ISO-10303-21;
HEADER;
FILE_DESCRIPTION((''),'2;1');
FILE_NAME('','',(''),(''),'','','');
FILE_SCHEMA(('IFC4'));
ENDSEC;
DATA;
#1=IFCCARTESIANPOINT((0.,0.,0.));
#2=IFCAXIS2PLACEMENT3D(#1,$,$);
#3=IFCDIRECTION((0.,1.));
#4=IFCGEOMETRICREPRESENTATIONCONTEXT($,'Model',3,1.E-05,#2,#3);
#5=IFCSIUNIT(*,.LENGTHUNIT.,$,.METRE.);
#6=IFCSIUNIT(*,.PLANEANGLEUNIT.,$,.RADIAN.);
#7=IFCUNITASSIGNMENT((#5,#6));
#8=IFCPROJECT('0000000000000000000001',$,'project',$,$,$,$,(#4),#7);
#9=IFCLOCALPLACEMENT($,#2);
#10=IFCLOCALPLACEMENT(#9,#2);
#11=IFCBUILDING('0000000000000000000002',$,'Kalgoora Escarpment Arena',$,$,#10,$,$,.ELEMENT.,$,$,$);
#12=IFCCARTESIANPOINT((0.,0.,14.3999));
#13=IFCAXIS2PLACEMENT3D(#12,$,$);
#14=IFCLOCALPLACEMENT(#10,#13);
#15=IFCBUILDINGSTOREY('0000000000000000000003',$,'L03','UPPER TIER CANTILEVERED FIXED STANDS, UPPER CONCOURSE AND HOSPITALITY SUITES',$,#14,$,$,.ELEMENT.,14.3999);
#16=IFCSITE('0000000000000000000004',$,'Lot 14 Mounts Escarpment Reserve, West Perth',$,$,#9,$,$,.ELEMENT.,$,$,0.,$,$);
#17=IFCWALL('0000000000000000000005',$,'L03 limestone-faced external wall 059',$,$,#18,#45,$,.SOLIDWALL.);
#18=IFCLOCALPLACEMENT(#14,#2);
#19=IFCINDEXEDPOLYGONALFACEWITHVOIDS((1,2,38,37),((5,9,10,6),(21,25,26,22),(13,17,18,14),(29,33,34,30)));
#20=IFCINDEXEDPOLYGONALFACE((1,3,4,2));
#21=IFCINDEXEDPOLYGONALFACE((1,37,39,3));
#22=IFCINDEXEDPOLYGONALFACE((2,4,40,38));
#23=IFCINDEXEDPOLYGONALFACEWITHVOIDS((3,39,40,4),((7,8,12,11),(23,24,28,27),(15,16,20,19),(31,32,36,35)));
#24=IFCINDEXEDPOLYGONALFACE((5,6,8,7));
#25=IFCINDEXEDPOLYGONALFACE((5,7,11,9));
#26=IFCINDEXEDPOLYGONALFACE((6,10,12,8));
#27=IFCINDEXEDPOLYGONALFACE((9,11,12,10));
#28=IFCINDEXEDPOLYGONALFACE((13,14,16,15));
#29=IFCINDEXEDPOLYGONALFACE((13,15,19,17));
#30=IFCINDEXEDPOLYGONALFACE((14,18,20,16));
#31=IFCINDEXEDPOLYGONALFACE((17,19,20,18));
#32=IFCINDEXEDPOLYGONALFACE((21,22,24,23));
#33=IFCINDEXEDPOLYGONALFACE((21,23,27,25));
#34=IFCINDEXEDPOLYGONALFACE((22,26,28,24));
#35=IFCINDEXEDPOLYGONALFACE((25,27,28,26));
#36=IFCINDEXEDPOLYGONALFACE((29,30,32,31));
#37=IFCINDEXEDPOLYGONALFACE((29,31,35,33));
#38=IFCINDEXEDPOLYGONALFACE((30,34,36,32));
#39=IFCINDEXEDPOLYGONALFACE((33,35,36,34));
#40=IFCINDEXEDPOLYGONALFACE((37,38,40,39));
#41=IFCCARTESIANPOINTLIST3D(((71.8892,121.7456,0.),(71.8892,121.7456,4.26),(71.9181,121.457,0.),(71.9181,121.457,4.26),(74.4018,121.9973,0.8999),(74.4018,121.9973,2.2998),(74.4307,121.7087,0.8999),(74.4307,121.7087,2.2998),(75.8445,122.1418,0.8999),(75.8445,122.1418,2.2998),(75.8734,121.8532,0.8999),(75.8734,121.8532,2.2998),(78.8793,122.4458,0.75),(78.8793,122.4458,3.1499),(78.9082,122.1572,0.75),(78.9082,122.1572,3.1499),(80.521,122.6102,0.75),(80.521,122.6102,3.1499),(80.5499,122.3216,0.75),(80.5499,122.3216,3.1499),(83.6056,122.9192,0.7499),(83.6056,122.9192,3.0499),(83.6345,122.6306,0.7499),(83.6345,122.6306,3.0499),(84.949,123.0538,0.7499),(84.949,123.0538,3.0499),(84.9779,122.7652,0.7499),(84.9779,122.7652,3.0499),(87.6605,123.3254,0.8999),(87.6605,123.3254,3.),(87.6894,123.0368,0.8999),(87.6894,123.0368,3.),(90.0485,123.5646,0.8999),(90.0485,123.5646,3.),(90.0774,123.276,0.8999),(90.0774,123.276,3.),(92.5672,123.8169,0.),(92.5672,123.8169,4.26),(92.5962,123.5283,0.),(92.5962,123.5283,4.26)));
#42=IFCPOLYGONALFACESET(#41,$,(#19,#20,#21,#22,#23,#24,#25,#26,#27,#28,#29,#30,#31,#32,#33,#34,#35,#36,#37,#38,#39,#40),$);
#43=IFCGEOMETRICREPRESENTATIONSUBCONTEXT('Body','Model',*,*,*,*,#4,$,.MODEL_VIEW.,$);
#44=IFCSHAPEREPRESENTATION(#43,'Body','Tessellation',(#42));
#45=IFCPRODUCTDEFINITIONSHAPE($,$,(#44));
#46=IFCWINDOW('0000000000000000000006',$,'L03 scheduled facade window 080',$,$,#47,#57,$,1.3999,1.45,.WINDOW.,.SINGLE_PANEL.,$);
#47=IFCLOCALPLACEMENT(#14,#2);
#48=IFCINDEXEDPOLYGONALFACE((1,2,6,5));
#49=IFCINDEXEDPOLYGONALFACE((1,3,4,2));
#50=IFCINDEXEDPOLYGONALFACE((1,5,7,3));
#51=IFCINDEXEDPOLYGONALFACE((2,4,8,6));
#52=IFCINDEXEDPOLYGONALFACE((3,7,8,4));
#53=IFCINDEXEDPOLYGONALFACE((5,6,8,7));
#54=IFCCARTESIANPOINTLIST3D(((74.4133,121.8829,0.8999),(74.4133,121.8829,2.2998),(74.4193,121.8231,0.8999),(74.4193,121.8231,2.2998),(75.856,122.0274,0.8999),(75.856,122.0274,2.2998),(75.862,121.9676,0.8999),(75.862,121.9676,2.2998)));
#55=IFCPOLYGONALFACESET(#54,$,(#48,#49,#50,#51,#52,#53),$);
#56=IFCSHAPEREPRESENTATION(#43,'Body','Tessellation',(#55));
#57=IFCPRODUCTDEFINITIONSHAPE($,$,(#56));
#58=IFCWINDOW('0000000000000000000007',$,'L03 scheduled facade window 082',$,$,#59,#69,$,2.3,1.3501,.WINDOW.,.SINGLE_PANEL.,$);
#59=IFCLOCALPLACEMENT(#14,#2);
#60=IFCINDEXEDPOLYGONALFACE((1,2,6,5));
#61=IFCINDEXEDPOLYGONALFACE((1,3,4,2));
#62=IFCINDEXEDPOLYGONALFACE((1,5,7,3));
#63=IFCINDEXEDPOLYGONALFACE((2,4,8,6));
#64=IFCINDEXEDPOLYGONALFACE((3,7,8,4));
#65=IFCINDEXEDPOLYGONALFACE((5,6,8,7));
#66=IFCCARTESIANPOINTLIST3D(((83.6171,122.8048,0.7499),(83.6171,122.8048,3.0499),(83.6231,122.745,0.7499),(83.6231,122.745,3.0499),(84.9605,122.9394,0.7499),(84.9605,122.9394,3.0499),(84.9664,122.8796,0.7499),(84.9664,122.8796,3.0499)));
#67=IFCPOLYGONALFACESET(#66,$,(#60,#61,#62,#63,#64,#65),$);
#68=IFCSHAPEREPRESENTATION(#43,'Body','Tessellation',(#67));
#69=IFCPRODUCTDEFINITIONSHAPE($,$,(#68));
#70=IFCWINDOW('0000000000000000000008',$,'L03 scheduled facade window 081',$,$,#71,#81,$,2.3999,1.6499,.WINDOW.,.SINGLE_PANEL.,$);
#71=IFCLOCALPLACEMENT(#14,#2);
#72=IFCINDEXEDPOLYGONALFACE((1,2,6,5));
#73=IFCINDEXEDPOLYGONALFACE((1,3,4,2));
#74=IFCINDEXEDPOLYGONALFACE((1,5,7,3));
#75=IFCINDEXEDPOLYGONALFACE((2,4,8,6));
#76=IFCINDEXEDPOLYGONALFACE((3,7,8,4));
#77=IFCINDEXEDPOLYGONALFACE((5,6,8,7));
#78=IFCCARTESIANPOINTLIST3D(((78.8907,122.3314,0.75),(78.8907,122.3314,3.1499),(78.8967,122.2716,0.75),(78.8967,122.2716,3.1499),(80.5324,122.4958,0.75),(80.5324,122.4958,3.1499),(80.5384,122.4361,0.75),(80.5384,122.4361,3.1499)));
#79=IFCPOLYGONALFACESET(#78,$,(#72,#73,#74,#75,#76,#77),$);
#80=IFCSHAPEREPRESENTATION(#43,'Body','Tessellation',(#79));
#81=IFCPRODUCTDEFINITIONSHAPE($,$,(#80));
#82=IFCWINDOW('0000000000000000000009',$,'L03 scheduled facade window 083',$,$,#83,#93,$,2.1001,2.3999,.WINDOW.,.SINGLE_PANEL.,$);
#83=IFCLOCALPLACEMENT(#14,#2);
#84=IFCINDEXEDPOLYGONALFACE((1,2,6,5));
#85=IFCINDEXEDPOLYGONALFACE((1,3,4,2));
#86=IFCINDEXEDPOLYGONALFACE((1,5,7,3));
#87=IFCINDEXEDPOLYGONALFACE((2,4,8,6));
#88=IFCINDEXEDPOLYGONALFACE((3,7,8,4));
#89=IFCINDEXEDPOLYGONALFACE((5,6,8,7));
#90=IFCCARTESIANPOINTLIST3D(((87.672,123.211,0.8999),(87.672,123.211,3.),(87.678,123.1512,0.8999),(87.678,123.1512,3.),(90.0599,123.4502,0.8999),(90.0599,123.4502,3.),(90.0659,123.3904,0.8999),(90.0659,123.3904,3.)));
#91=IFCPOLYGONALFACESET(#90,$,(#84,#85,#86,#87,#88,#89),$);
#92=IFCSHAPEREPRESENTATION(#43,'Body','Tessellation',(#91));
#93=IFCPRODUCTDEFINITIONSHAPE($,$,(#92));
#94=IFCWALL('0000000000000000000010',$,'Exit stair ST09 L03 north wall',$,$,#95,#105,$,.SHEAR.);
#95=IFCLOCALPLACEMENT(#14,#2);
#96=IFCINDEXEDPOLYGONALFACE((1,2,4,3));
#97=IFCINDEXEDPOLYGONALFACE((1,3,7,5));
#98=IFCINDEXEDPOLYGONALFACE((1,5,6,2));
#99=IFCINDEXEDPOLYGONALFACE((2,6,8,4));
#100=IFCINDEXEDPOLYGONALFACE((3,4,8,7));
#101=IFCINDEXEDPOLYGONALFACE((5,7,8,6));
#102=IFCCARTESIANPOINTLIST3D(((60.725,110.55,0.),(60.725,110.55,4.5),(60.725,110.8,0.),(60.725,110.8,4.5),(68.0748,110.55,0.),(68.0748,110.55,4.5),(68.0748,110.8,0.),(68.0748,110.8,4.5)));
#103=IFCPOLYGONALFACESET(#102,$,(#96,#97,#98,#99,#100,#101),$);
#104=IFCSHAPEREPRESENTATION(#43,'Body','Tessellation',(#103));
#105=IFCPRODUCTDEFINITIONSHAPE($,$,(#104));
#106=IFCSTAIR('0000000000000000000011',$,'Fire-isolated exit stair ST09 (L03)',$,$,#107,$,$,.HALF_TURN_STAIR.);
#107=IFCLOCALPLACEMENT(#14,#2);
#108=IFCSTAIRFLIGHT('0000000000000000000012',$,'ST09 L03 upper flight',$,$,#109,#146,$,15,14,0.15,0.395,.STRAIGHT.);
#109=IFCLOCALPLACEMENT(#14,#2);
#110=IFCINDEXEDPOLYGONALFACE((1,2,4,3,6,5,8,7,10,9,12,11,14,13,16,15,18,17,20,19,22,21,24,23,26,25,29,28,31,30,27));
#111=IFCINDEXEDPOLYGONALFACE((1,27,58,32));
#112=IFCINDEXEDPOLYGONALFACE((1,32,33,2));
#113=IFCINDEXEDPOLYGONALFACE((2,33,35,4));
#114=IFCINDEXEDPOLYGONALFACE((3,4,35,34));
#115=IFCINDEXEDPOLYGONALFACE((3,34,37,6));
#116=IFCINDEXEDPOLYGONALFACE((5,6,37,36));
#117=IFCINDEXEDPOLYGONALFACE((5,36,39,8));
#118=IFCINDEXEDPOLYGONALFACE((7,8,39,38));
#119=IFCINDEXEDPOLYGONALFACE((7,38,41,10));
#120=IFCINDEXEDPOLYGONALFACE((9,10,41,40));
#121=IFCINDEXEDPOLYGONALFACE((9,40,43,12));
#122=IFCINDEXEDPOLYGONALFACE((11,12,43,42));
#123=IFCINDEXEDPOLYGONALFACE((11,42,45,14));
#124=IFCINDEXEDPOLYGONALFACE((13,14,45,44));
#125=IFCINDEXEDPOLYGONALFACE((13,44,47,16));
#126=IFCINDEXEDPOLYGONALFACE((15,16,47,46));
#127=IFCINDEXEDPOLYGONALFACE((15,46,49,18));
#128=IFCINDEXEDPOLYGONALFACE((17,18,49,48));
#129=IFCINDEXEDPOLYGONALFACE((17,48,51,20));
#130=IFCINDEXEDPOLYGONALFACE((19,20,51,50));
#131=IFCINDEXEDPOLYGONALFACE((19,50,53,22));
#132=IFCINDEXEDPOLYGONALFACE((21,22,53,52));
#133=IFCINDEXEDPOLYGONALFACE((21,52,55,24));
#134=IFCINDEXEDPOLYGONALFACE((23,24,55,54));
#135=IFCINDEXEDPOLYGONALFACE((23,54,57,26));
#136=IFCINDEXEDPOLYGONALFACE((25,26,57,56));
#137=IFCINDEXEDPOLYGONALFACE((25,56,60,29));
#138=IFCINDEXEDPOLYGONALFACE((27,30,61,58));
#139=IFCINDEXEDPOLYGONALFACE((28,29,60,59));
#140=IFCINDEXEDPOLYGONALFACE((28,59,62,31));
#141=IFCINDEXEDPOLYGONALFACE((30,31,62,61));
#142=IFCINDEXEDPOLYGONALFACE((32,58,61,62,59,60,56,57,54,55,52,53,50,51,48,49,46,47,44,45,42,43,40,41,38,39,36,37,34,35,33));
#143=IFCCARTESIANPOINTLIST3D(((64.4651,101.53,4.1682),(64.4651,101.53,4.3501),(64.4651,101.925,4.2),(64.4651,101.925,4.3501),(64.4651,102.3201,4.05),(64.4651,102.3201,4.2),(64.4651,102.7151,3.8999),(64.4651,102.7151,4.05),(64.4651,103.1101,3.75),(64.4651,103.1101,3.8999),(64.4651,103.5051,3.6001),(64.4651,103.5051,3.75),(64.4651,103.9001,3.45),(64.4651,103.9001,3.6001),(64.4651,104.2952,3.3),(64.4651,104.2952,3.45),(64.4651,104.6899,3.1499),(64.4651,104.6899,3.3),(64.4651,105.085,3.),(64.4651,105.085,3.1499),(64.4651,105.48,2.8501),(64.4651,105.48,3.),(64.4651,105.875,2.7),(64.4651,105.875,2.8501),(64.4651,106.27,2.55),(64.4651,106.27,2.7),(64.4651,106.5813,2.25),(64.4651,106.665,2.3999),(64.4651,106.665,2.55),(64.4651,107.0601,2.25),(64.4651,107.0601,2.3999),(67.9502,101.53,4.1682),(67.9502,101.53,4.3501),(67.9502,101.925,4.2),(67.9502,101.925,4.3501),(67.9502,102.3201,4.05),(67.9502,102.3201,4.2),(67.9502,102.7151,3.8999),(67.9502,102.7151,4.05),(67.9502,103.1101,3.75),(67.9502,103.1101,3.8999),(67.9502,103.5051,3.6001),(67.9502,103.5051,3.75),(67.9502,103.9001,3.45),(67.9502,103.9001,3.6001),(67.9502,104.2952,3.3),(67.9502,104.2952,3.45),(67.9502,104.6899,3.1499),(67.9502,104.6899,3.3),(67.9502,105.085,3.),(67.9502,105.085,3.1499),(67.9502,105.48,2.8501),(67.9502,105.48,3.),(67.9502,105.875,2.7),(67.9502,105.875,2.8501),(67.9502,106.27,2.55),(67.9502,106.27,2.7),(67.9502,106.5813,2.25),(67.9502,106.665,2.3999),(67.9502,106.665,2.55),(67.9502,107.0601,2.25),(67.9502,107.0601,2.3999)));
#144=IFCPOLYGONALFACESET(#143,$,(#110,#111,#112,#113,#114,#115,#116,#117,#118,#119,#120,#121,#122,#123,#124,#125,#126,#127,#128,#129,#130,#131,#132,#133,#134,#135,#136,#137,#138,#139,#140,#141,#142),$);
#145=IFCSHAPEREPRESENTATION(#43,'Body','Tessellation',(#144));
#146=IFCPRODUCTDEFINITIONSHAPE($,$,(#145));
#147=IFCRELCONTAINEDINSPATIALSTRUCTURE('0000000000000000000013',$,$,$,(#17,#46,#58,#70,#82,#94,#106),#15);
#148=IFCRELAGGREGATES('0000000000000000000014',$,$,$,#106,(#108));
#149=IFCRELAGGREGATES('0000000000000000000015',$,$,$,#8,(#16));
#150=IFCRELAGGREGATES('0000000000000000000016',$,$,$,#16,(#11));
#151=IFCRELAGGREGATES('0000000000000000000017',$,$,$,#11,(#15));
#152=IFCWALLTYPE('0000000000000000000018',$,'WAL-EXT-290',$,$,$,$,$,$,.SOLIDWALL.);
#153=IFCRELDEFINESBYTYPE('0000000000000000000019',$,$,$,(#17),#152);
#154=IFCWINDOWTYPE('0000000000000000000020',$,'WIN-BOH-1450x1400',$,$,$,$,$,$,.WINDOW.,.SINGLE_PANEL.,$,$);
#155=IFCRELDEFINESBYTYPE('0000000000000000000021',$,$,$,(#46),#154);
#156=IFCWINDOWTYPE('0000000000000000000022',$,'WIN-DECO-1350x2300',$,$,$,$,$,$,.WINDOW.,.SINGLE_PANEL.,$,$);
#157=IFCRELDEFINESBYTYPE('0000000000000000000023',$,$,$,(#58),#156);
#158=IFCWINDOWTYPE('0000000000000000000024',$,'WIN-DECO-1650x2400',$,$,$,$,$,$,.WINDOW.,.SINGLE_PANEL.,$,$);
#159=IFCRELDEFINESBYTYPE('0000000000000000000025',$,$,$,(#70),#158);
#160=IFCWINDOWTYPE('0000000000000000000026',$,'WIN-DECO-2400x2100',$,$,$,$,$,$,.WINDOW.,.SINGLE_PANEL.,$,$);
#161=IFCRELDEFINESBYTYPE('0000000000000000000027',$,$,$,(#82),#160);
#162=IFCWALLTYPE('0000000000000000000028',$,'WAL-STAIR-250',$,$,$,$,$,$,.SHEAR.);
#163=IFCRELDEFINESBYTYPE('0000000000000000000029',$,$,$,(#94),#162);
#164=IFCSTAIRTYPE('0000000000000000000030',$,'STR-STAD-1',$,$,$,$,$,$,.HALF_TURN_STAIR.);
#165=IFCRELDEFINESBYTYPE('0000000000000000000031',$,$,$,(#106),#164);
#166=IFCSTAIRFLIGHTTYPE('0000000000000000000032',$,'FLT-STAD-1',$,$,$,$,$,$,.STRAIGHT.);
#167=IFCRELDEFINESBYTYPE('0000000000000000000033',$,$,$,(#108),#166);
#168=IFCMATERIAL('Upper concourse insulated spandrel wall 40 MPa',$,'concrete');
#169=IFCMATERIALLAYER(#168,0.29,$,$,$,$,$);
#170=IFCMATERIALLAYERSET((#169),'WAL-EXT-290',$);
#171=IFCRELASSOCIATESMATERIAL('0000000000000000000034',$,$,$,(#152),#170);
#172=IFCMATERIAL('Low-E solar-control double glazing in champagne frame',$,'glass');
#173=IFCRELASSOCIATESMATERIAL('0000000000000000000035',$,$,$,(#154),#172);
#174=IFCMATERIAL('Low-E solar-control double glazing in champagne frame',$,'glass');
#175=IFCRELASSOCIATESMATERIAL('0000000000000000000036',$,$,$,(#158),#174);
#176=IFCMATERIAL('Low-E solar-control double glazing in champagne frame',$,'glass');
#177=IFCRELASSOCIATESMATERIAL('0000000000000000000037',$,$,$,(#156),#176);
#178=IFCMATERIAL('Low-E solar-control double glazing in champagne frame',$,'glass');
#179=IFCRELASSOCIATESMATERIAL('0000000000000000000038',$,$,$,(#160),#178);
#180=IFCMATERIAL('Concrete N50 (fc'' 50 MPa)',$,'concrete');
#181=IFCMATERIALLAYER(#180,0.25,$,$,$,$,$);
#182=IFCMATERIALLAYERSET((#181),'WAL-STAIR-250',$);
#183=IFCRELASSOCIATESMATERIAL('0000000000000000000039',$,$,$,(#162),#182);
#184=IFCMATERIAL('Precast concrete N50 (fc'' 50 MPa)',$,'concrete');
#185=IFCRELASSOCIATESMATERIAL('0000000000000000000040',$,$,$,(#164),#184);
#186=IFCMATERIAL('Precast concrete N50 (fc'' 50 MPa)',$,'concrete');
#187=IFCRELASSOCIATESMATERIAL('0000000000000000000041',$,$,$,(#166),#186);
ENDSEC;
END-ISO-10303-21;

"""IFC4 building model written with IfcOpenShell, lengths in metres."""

from ifc_helpers import new_model, si_unit, direction, frame, frame_2d, origin, place, context, subcontext, project, spatial, polyline, rectangle, outline, extrude, material, layer, layer_set, type_object, element, fill, aggregate, save


model = new_model("IFC4")

# Units and contexts
model_context = context("Model", 3, precision=1e-05, world=origin(), true_north=direction((0.0, 1.0)))
body_context = subcontext(model_context, "Body", "Model", "MODEL_VIEW")
ifc_project = project(units=[si_unit("LENGTHUNIT", "METRE"), si_unit("PLANEANGLEUNIT", "RADIAN")], contexts=[model_context])

# Site, building, storey
site_placement = place(None, origin())
site = spatial("IfcSite", under=ifc_project, at=site_placement, Name="Lot 14 Mounts Escarpment Reserve, West Perth", CompositionType="ELEMENT", RefElevation=0.0)
building_placement = place(site_placement, origin())
building = spatial("IfcBuilding", under=site, at=building_placement, Name="Kalgoora Escarpment Arena", CompositionType="ELEMENT")
storey_placement = place(building_placement, frame((0.0, 0.0, 14.3999)))
storey = spatial("IfcBuildingStorey", under=building, at=storey_placement, Name="L03", Description="UPPER TIER CANTILEVERED FIXED STANDS, UPPER CONCOURSE AND HOSPITALITY SUITES", CompositionType="ELEMENT", Elevation=14.3999)

# Wall, openings, windows
ifc_material_1 = material(Name="Upper concourse insulated spandrel wall 40 MPa", Category="concrete")
ifc_layer_1 = layer(ifc_material_1, 0.29)
ifc_layer_set_1 = layer_set([ifc_layer_1], Name="WAL-EXT-290")
wall_type_1 = type_object("IfcWallType", Name="WAL-EXT-290", PredefinedType="SOLIDWALL", material=ifc_layer_set_1)
ifc_material_2 = material(Name="Low-E solar-control double glazing in champagne frame", Category="glass")
window_type_1 = type_object("IfcWindowType", Name="WIN-BOH-1450x1400", PartitioningType="SINGLE_PANEL", PredefinedType="WINDOW", material=ifc_material_2)
ifc_material_3 = material(Name="Low-E solar-control double glazing in champagne frame", Category="glass")
window_type_2 = type_object("IfcWindowType", Name="WIN-DECO-1650x2400", PartitioningType="SINGLE_PANEL", PredefinedType="WINDOW", material=ifc_material_3)
wall_1_placement = place(storey_placement, frame((71.9038, 121.6013, 0.0), z_axis=(0.0, 0.0, 1.0), x_axis=(0.995021, 0.09967, 0.0)))
wall_1 = element("IfcWall", 1, at=wall_1_placement, inside=storey, type_object=wall_type_1, Name="L03 limestone-faced external wall 059", PredefinedType="SOLIDWALL", context=body_context, shape_type="SweptSolid", body=[
    extrude(rectangle(XDim=20.7815, YDim=0.29, at=frame_2d((10.3906, 0.0))), origin(), (0.0, 0.0, 1.0), 4.26),
])
opening_1_placement = place(wall_1_placement, frame((2.5249, 0.0, 0.8999)))
opening_1 = element("IfcOpeningElement", 2, at=opening_1_placement, cuts=wall_1, PredefinedType="OPENING", context=body_context, shape_type="SweptSolid", body=[
    extrude(rectangle(XDim=1.45, YDim=1.3999, at=frame_2d((0.7251, 0.7))), frame((0.0, 0.155, 0.0), z_axis=(0.0, -1.0, 0.0), x_axis=(1.0, 0.0, 0.0)), (0.0, 0.0, 1.0), 0.3101),
])
opening_2_placement = place(wall_1_placement, frame((7.0249, 0.0, 0.75)))
opening_2 = element("IfcOpeningElement", 3, at=opening_2_placement, cuts=wall_1, PredefinedType="OPENING", context=body_context, shape_type="SweptSolid", body=[
    extrude(rectangle(XDim=1.6499, YDim=2.3999, at=frame_2d((0.825, 1.2))), frame((0.0, 0.155, 0.0), z_axis=(0.0, -1.0, 0.0), x_axis=(1.0, 0.0, 0.0)), (0.0, 0.0, 1.0), 0.3101),
])
opening_3_placement = place(wall_1_placement, frame((11.7749, 0.0, 0.75)))
opening_3 = element("IfcOpeningElement", 4, at=opening_3_placement, cuts=wall_1, PredefinedType="OPENING", context=body_context, shape_type="SweptSolid", body=[
    extrude(rectangle(XDim=1.3501, YDim=2.3, at=frame_2d((0.675, 1.1499))), frame((0.0, 0.155, 0.0), z_axis=(0.0, -1.0, 0.0), x_axis=(1.0, 0.0, 0.0)), (0.0, 0.0, 1.0), 0.3101),
])
opening_4_placement = place(wall_1_placement, frame((15.8501, 0.0, 0.8999)))
opening_4 = element("IfcOpeningElement", 5, at=opening_4_placement, cuts=wall_1, PredefinedType="OPENING", context=body_context, shape_type="SweptSolid", body=[
    extrude(rectangle(XDim=2.3999, YDim=2.1001, at=frame_2d((1.2, 1.05))), frame((0.0, 0.155, 0.0), z_axis=(0.0, -1.0, 0.0), x_axis=(1.0, 0.0, 0.0)), (0.0, 0.0, 1.0), 0.3101),
])
window_1_placement = place(opening_1_placement, origin())
window_1 = element("IfcWindow", 6, at=window_1_placement, inside=storey, type_object=window_type_1, Name="L03 scheduled facade window 080", OverallHeight=1.3999, OverallWidth=1.45, PartitioningType="SINGLE_PANEL", PredefinedType="WINDOW", context=body_context, shape_type="SweptSolid", body=[
    extrude(rectangle(XDim=1.45, YDim=1.3999, at=frame_2d((0.7251, 0.7))), frame((0.0, 0.03, 0.0), z_axis=(0.0, -1.0, 0.0), x_axis=(1.0, 0.0, 0.0)), (0.0, 0.0, 1.0), 0.0601),
])
fill(opening_1, window_1)
ifc_material_4 = material(Name="Low-E solar-control double glazing in champagne frame", Category="glass")
window_type_3 = type_object("IfcWindowType", Name="WIN-DECO-1350x2300", PartitioningType="SINGLE_PANEL", PredefinedType="WINDOW", material=ifc_material_4)
window_2_placement = place(opening_3_placement, origin())
window_2 = element("IfcWindow", 7, at=window_2_placement, inside=storey, type_object=window_type_3, Name="L03 scheduled facade window 082", OverallHeight=2.3, OverallWidth=1.3501, PartitioningType="SINGLE_PANEL", PredefinedType="WINDOW", context=body_context, shape_type="SweptSolid", body=[
    extrude(rectangle(XDim=1.3501, YDim=2.3, at=frame_2d((0.675, 1.1499))), frame((0.0, 0.03, 0.0), z_axis=(0.0, -1.0, 0.0), x_axis=(1.0, 0.0, 0.0)), (0.0, 0.0, 1.0), 0.0601),
])
fill(opening_3, window_2)
window_3_placement = place(opening_2_placement, origin())
window_3 = element("IfcWindow", 8, at=window_3_placement, inside=storey, type_object=window_type_2, Name="L03 scheduled facade window 081", OverallHeight=2.3999, OverallWidth=1.6499, PartitioningType="SINGLE_PANEL", PredefinedType="WINDOW", context=body_context, shape_type="SweptSolid", body=[
    extrude(rectangle(XDim=1.6499, YDim=2.3999, at=frame_2d((0.825, 1.2))), frame((0.0, 0.03, 0.0), z_axis=(0.0, -1.0, 0.0), x_axis=(1.0, 0.0, 0.0)), (0.0, 0.0, 1.0), 0.0601),
])
fill(opening_2, window_3)
ifc_material_5 = material(Name="Low-E solar-control double glazing in champagne frame", Category="glass")
window_type_4 = type_object("IfcWindowType", Name="WIN-DECO-2400x2100", PartitioningType="SINGLE_PANEL", PredefinedType="WINDOW", material=ifc_material_5)
window_4_placement = place(opening_4_placement, origin())
window_4 = element("IfcWindow", 9, at=window_4_placement, inside=storey, type_object=window_type_4, Name="L03 scheduled facade window 083", OverallHeight=2.1001, OverallWidth=2.3999, PartitioningType="SINGLE_PANEL", PredefinedType="WINDOW", context=body_context, shape_type="SweptSolid", body=[
    extrude(rectangle(XDim=2.3999, YDim=2.1001, at=frame_2d((1.2, 1.05))), frame((0.0, 0.03, 0.0), z_axis=(0.0, -1.0, 0.0), x_axis=(1.0, 0.0, 0.0)), (0.0, 0.0, 1.0), 0.0601),
])
fill(opening_4, window_4)

# Wall
ifc_material_6 = material(Name="Concrete N50 (fc' 50 MPa)", Category="concrete")
ifc_layer_2 = layer(ifc_material_6, 0.25)
ifc_layer_set_2 = layer_set([ifc_layer_2], Name="WAL-STAIR-250")
wall_type_2 = type_object("IfcWallType", Name="WAL-STAIR-250", PredefinedType="SHEAR", material=ifc_layer_set_2)
wall_2_placement = place(storey_placement, frame((60.7251, 110.675, 0.0), z_axis=(0.0, 0.0, 1.0), x_axis=(1.0, 0.0, 0.0)))
element("IfcWall", 10, at=wall_2_placement, inside=storey, type_object=wall_type_2, Name="Exit stair ST09 L03 north wall", PredefinedType="SHEAR", context=body_context, shape_type="SweptSolid", body=[
    extrude(rectangle(XDim=7.3499, YDim=0.25, at=frame_2d((3.6748, 0.0))), origin(), (0.0, 0.0, 1.0), 4.5),
])

# Stair, stair flight
ifc_material_7 = material(Name="Precast concrete N50 (fc' 50 MPa)", Category="concrete")
stair_type = type_object("IfcStairType", Name="STR-STAD-1", PredefinedType="HALF_TURN_STAIR", material=ifc_material_7)
stair_placement = place(storey_placement, origin())
stair = element("IfcStair", 11, at=stair_placement, inside=storey, type_object=stair_type, Name="Fire-isolated exit stair ST09 (L03)", PredefinedType="HALF_TURN_STAIR")
ifc_material_8 = material(Name="Precast concrete N50 (fc' 50 MPa)", Category="concrete")
stair_flight_type = type_object("IfcStairFlightType", Name="FLT-STAD-1", PredefinedType="STRAIGHT", material=ifc_material_8)
stair_flight_placement = place(storey_placement, frame((66.2075, 107.0601, 2.25), z_axis=(0.0, 0.0, 1.0), x_axis=(0.0, -1.0, 0.0)))
stair_flight = element("IfcStairFlight", 12, at=stair_flight_placement, type_object=stair_flight_type, Name="ST09 L03 upper flight", NumberOfRisers=15, NumberOfTreads=14, PredefinedType="STRAIGHT", RiserHeight=0.15, TreadLength=0.395, context=body_context, shape_type="SweptSolid", body=[
    extrude(outline(polyline([(0.0, 0.0), (0.0, 0.1499), (0.395, 0.1499), (0.395, 0.3), (0.79, 0.3), (0.79, 0.45), (1.1851, 0.45), (1.1851, 0.6001), (1.5801, 0.6001), (1.5801, 0.75), (1.9751, 0.75), (1.9751, 0.8999), (2.3701, 0.8999), (2.3701, 1.05), (2.7649, 1.05), (2.7649, 1.2), (3.1599, 1.2), (3.1599, 1.3501), (3.5549, 1.3501), (3.5549, 1.5), (3.95, 1.5), (3.95, 1.6499), (4.345, 1.6499), (4.345, 1.8), (4.74, 1.8), (4.74, 1.95), (5.135, 1.95), (5.135, 2.1001), (5.53, 2.1001), (5.53, 2.25), (5.53, 1.9182), (0.4788, 0.0), (0.0, 0.0)])), frame((0.0, 1.7427, 0.0), z_axis=(0.0, -1.0, 0.0), x_axis=(1.0, 0.0, 0.0)), (0.0, 0.0, 1.0), 3.4851),
])
aggregate(stair, [stair_flight])

save(model, "model.ifc")
